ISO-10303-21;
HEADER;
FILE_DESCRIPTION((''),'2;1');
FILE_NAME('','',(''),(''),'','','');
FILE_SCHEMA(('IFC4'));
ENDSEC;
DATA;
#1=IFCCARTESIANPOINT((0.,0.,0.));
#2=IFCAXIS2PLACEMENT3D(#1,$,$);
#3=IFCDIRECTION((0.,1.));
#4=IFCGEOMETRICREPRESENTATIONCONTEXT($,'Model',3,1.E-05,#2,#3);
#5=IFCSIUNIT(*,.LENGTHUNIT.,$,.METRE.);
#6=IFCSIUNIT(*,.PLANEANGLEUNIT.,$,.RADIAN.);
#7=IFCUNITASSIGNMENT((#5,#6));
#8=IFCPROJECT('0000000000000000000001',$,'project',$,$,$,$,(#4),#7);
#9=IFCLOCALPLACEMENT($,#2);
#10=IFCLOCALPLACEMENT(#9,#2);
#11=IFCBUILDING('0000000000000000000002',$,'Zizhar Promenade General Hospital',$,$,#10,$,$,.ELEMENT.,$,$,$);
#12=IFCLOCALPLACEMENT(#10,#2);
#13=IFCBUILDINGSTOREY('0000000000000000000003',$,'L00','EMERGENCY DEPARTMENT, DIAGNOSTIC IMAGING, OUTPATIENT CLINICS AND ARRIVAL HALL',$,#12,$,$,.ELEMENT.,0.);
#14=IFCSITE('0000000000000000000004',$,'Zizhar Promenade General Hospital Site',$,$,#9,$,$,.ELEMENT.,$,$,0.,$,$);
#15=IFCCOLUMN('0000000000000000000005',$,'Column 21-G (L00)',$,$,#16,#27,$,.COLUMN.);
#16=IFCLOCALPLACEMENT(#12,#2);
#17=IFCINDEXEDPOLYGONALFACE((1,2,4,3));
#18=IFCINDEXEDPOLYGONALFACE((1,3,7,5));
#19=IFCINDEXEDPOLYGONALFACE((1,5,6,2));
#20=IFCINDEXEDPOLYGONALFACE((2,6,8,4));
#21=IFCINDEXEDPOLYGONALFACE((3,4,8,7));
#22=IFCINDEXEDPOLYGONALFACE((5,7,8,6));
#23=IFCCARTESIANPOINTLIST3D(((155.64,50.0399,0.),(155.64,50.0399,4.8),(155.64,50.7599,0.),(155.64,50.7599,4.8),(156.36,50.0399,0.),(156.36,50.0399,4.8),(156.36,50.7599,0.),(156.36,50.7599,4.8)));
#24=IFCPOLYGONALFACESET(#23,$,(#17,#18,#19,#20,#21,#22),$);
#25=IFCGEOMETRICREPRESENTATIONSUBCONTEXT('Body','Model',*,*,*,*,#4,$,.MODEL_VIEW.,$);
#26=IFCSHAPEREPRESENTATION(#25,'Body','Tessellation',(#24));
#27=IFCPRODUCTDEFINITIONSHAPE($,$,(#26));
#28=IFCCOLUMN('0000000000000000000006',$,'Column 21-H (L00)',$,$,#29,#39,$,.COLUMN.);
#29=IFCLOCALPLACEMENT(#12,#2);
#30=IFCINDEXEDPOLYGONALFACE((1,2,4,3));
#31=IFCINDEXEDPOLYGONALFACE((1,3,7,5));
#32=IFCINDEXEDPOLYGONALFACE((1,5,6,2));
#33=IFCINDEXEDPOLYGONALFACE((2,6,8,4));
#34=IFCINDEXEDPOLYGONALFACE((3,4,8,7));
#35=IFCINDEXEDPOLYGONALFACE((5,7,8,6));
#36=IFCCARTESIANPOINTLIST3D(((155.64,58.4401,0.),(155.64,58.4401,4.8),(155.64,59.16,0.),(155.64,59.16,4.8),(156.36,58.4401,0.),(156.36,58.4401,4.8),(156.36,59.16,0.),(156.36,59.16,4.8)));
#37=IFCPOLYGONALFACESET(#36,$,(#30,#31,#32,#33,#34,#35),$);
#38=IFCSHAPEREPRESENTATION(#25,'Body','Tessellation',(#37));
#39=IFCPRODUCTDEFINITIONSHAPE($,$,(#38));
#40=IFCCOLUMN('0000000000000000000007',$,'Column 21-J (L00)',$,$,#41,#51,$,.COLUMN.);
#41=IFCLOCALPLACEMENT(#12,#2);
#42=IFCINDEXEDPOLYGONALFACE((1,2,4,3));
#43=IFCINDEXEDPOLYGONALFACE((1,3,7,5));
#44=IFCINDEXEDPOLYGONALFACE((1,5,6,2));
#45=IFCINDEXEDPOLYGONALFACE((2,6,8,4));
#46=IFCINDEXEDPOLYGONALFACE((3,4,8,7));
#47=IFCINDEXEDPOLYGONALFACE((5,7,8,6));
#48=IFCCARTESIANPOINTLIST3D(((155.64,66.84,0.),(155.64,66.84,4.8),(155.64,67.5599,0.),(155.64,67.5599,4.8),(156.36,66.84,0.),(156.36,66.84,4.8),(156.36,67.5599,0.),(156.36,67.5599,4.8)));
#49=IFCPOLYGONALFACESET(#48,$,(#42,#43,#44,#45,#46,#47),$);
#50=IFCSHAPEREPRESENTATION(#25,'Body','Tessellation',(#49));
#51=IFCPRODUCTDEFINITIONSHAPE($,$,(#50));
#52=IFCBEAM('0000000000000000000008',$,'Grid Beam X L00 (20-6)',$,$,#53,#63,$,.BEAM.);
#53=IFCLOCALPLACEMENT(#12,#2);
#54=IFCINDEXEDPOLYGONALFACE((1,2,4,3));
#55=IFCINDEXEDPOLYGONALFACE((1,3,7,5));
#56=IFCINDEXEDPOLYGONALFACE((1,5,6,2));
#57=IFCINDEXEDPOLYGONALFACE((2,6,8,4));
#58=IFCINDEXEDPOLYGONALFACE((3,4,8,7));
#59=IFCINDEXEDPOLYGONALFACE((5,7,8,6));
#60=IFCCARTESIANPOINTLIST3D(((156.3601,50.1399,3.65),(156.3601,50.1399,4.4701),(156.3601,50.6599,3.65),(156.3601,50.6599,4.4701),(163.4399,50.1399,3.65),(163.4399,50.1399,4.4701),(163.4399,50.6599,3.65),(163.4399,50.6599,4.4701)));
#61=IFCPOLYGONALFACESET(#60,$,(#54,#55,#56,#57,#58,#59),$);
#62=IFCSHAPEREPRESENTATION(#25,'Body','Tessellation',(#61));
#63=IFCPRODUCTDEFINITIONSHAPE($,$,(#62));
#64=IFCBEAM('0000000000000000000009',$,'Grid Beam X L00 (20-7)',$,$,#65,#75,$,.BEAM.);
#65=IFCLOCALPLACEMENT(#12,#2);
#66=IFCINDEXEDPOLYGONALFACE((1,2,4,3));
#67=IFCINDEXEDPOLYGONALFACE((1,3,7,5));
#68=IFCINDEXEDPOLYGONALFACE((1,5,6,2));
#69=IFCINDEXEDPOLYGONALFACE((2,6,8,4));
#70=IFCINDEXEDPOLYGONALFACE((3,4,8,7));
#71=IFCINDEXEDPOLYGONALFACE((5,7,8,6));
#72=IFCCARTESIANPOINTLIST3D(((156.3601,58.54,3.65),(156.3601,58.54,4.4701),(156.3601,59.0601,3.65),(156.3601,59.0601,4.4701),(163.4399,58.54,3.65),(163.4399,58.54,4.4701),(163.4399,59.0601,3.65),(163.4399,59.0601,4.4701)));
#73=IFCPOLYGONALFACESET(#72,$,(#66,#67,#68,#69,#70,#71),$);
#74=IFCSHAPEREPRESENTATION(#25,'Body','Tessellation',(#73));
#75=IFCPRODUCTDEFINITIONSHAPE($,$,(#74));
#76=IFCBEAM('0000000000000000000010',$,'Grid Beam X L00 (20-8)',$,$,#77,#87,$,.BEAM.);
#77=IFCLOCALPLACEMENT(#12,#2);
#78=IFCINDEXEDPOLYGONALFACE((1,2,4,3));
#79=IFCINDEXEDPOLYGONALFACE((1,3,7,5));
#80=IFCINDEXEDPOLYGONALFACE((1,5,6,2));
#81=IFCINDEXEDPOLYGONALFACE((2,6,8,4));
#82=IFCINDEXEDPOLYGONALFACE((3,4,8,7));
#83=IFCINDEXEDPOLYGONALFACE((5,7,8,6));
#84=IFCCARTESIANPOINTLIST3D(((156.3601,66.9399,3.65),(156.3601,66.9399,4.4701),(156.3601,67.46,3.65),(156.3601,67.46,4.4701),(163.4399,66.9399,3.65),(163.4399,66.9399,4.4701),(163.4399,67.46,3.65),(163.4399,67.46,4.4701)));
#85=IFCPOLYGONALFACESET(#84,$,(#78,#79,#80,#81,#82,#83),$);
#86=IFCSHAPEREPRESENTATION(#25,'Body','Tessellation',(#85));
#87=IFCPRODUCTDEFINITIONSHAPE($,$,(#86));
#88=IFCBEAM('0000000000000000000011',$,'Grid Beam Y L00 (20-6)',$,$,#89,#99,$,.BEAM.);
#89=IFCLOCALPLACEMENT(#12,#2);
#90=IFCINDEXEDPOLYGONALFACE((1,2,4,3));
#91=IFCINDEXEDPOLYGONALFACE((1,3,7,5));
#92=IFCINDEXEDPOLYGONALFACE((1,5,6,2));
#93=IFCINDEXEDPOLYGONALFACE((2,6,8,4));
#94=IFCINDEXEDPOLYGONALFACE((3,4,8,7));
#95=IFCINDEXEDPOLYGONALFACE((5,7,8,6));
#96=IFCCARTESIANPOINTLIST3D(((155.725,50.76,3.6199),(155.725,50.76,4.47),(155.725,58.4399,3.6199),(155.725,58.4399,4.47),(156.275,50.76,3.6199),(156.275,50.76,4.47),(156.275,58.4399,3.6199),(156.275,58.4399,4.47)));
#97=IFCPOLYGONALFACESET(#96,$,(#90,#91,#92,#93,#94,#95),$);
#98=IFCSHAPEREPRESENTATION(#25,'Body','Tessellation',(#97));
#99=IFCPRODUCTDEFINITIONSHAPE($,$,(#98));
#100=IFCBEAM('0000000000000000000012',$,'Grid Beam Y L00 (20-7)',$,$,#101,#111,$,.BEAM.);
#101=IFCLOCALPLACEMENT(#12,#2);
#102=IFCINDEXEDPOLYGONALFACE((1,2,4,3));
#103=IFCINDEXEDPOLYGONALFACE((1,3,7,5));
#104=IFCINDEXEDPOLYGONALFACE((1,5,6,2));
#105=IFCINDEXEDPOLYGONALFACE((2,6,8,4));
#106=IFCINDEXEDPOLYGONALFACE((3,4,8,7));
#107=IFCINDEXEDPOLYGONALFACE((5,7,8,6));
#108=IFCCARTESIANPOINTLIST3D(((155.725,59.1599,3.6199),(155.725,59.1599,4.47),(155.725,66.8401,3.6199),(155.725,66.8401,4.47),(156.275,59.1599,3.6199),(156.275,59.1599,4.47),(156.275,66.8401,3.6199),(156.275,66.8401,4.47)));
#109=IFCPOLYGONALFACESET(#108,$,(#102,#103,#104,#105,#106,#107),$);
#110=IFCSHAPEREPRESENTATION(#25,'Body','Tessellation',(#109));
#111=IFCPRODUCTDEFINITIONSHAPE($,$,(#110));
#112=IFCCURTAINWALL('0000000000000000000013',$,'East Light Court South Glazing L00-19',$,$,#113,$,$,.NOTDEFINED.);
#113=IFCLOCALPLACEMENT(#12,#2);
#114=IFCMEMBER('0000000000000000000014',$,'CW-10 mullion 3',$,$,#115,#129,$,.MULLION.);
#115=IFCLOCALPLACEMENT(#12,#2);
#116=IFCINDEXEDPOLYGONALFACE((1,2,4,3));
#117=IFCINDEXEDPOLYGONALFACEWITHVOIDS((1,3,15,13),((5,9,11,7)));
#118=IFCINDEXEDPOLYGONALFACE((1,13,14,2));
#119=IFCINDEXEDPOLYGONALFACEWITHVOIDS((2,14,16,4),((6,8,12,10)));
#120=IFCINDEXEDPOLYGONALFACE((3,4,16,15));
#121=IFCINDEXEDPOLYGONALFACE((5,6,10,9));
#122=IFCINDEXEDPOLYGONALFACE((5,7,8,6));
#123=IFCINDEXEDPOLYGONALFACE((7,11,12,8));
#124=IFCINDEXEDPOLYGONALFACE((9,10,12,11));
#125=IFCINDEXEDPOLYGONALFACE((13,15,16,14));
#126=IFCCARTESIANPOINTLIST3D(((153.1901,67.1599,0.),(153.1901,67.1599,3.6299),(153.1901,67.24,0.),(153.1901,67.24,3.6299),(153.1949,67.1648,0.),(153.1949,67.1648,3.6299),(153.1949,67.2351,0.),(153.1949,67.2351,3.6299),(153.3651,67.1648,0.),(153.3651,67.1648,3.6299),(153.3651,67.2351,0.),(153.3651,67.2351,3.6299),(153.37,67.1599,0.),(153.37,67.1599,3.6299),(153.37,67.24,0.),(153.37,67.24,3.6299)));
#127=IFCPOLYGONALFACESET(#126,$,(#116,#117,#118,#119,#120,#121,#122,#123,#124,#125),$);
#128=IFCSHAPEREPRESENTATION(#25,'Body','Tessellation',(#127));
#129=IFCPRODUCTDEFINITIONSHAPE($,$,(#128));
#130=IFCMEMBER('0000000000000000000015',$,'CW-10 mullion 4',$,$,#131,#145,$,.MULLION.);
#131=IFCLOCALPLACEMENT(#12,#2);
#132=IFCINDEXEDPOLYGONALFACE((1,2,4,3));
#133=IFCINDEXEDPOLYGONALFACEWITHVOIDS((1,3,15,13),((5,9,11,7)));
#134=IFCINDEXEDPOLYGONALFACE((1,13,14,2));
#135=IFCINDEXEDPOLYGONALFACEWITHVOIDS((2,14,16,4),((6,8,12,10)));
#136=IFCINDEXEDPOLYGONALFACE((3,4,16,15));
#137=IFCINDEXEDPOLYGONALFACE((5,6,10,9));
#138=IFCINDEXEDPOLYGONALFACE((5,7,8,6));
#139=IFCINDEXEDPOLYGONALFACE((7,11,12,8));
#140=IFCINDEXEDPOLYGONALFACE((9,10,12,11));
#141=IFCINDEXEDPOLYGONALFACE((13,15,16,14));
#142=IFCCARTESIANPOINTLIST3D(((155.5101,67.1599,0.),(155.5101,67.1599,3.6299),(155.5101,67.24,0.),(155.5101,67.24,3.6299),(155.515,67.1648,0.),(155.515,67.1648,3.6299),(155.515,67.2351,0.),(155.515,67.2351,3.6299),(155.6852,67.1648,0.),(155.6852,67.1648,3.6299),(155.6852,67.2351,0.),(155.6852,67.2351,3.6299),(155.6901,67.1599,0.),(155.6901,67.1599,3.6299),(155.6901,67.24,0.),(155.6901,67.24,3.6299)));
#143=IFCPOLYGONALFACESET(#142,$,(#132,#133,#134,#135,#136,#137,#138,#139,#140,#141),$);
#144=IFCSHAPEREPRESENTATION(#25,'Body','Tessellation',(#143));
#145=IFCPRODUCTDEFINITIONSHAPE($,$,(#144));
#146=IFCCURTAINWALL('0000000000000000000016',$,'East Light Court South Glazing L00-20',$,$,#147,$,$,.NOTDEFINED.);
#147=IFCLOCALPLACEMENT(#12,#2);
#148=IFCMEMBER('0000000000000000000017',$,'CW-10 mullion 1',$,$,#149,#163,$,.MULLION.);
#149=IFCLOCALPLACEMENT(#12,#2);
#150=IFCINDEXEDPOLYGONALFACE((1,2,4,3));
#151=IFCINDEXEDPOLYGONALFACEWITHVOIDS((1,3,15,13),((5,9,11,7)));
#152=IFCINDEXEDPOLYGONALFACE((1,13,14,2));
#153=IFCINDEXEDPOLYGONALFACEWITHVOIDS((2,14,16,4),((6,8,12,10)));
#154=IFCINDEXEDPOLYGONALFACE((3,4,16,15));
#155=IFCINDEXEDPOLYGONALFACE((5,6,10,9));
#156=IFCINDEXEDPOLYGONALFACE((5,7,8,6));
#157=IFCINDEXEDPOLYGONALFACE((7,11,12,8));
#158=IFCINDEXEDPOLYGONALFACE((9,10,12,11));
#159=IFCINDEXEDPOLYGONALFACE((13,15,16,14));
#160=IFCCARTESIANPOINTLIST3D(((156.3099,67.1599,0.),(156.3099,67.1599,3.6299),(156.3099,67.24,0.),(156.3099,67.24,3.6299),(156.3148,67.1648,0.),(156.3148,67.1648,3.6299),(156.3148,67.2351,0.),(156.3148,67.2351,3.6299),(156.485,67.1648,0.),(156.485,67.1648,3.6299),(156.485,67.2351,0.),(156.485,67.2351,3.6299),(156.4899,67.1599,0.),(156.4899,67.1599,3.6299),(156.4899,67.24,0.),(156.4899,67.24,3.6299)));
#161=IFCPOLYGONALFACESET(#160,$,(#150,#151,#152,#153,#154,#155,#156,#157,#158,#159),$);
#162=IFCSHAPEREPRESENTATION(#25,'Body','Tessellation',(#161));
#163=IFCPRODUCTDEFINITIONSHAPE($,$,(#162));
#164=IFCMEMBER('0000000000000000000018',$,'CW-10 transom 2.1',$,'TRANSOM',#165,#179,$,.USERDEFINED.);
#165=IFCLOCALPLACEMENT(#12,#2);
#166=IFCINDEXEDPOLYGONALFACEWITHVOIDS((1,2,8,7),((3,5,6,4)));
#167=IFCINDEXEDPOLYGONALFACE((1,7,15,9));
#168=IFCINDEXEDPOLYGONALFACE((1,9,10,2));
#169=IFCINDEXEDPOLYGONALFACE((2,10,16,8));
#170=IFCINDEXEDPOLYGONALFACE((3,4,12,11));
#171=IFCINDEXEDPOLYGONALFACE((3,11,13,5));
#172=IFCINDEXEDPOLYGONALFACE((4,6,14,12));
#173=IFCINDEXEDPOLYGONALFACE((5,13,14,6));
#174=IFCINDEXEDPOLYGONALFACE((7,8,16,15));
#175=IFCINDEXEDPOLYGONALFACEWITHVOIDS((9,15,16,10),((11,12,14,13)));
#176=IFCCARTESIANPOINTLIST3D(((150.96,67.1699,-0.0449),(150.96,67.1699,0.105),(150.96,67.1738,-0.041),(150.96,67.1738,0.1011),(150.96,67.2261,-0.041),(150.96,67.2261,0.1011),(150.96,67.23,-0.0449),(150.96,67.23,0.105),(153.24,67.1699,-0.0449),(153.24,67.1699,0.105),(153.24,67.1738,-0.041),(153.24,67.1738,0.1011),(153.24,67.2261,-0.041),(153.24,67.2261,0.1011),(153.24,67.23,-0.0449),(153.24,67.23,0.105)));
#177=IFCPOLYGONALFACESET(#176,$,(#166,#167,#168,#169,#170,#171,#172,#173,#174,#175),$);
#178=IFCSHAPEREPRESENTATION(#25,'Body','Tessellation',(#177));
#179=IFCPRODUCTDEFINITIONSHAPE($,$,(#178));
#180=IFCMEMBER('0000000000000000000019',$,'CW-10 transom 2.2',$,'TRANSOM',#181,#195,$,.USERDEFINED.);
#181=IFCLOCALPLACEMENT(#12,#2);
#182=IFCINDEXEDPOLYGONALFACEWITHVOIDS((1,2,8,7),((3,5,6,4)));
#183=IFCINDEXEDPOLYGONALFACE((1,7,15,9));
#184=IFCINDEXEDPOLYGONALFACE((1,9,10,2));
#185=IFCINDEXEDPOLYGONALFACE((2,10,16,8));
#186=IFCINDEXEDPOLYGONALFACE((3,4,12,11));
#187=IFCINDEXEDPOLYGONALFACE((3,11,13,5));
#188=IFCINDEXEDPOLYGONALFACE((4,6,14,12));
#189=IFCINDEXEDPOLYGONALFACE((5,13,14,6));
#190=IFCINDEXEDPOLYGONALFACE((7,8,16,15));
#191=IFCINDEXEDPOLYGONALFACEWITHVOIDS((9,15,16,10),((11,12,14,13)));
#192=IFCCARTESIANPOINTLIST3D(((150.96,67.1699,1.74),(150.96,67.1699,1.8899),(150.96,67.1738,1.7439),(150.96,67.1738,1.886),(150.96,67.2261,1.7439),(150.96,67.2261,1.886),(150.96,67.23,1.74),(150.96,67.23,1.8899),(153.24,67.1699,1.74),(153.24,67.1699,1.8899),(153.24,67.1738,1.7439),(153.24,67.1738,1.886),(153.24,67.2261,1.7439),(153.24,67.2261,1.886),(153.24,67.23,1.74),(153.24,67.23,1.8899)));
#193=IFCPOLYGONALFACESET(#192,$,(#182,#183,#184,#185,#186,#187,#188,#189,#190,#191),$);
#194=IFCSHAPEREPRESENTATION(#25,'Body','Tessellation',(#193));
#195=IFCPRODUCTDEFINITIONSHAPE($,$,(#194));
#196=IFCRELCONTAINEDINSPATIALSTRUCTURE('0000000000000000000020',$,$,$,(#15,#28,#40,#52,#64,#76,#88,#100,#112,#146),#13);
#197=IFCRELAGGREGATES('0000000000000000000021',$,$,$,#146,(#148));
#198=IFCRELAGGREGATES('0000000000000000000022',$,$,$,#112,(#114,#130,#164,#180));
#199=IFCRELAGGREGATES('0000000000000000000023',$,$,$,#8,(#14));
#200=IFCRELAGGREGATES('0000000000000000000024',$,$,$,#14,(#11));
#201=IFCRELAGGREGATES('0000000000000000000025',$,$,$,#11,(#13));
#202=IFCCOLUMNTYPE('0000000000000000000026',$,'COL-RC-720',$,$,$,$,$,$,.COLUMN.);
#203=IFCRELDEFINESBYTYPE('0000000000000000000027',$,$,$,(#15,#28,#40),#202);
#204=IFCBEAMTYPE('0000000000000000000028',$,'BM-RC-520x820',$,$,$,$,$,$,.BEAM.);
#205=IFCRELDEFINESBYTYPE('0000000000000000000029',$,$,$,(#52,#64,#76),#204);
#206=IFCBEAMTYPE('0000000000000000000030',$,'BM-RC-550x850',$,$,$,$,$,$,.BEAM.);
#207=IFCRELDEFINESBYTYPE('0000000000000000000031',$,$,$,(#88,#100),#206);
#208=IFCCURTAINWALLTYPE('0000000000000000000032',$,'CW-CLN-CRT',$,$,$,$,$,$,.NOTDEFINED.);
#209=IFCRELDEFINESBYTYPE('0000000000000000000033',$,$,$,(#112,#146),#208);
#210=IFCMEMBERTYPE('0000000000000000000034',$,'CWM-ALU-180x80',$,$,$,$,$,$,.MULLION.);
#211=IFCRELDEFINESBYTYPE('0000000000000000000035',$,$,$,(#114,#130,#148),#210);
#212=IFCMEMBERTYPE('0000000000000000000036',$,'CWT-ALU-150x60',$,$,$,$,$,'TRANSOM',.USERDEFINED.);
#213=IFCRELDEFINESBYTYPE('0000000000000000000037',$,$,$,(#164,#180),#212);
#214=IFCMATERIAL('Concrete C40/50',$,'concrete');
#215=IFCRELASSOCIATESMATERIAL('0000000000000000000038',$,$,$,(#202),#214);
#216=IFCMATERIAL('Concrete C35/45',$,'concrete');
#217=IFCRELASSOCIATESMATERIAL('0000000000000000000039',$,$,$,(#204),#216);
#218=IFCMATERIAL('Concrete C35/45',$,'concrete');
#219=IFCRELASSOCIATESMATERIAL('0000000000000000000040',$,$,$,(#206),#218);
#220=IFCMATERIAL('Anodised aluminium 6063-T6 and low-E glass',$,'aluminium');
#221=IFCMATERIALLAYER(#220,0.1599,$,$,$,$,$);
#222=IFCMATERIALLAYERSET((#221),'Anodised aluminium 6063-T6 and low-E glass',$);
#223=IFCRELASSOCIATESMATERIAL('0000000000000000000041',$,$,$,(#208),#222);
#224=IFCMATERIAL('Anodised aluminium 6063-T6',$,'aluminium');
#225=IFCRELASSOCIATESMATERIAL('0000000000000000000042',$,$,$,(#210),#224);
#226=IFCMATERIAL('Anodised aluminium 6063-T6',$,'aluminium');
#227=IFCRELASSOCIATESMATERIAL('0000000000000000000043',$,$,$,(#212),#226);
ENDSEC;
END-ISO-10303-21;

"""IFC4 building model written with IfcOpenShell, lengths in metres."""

from ifc_helpers import new_model, si_unit, direction, frame, origin, origin_2d, place, context, subcontext, project, spatial, rectangle, hollow_rectangle, extrude, material, layer, layer_set, material_profile, profile_set, type_object, element, aggregate, save


model = new_model("IFC4")

# Units and contexts
model_context = context("Model", 3, precision=1e-05, world=origin(), true_north=direction((0.0, 1.0)))
body_context = subcontext(model_context, "Body", "Model", "MODEL_VIEW")
ifc_project = project(units=[si_unit("LENGTHUNIT", "METRE"), si_unit("PLANEANGLEUNIT", "RADIAN")], contexts=[model_context])

# Site, building, storey
site_placement = place(None, origin())
site = spatial("IfcSite", under=ifc_project, at=site_placement, Name="Zizhar Promenade General Hospital Site", CompositionType="ELEMENT", RefElevation=0.0)
building_placement = place(site_placement, origin())
building = spatial("IfcBuilding", under=site, at=building_placement, Name="Zizhar Promenade General Hospital", CompositionType="ELEMENT")
storey_placement = place(building_placement, origin())
storey = spatial("IfcBuildingStorey", under=building, at=storey_placement, Name="L00", Description="EMERGENCY DEPARTMENT, DIAGNOSTIC IMAGING, OUTPATIENT CLINICS AND ARRIVAL HALL", CompositionType="ELEMENT", Elevation=0.0)

# Columns
ifc_material_1 = material(Name="Concrete C40/50", Category="concrete")
ifc_material_profile_1 = material_profile(ifc_material_1, rectangle(XDim=0.72, YDim=0.72, at=origin_2d()))
ifc_profile_set_1 = profile_set([ifc_material_profile_1], Name="Concrete C40/50")
column_type = type_object("IfcColumnType", Name="COL-RC-720", PredefinedType="COLUMN", material=ifc_profile_set_1)
for number, where, z_axis, x_axis, name in (
    (1, (156.0, 50.3999, 0.0), (0.0, 0.0, 1.0), (1.0, 0.0, 0.0), "Column 21-G (L00)"),
    (2, (156.0, 58.8, 0.0), (0.0, 0.0, 1.0), (1.0, 0.0, 0.0), "Column 21-H (L00)"),
    (3, (156.0, 67.2, 0.0), (0.0, 0.0, 1.0), (1.0, 0.0, 0.0), "Column 21-J (L00)"),
):
    element("IfcColumn", number, at=place(storey_placement, frame(where, z_axis=z_axis, x_axis=x_axis)), inside=storey, type_object=column_type, Name=name, PredefinedType="COLUMN", context=body_context, shape_type="SweptSolid", body=[
        extrude(rectangle(XDim=0.72, YDim=0.72, at=origin_2d()), origin(), (0.0, 0.0, 1.0), 4.8),
    ])

# Beams
ifc_material_2 = material(Name="Concrete C35/45", Category="concrete")
ifc_material_profile_2 = material_profile(ifc_material_2, rectangle(XDim=0.52, YDim=0.8201, at=origin_2d()))
ifc_profile_set_2 = profile_set([ifc_material_profile_2], Name="Concrete C35/45")
beam_type_1 = type_object("IfcBeamType", Name="BM-RC-520x820", PredefinedType="BEAM", material=ifc_profile_set_2)
for number, where, z_axis, x_axis, name in (
    (4, (156.3601, 50.3999, 4.0601), (1.0, 0.0, 0.0), (0.0, 1.0, 0.0), "Grid Beam X L00 (20-6)"),
    (5, (156.3601, 58.8, 4.0601), (1.0, 0.0, 0.0), (0.0, 1.0, 0.0), "Grid Beam X L00 (20-7)"),
    (6, (156.3601, 67.2, 4.0601), (1.0, 0.0, 0.0), (0.0, 1.0, 0.0), "Grid Beam X L00 (20-8)"),
):
    element("IfcBeam", number, at=place(storey_placement, frame(where, z_axis=z_axis, x_axis=x_axis)), inside=storey, type_object=beam_type_1, Name=name, PredefinedType="BEAM", context=body_context, shape_type="SweptSolid", body=[
        extrude(rectangle(XDim=0.52, YDim=0.8201, at=origin_2d()), origin(), (0.0, 0.0, 1.0), 7.0798),
    ])
ifc_material_3 = material(Name="Concrete C35/45", Category="concrete")
ifc_material_profile_3 = material_profile(ifc_material_3, rectangle(XDim=0.55, YDim=0.8501, at=origin_2d()))
ifc_profile_set_3 = profile_set([ifc_material_profile_3], Name="Concrete C35/45")
beam_type_2 = type_object("IfcBeamType", Name="BM-RC-550x850", PredefinedType="BEAM", material=ifc_profile_set_3)
beam_1_placement = place(storey_placement, frame((156.0, 50.76, 4.0449), z_axis=(0.0, 1.0, 0.0), x_axis=(-1.0, 0.0, 0.0)))
element("IfcBeam", 7, at=beam_1_placement, inside=storey, type_object=beam_type_2, Name="Grid Beam Y L00 (20-6)", PredefinedType="BEAM", context=body_context, shape_type="SweptSolid", body=[
    extrude(rectangle(XDim=0.55, YDim=0.8501, at=origin_2d()), origin(), (0.0, 0.0, 1.0), 7.6799),
])
beam_2_placement = place(storey_placement, frame((156.0, 59.1599, 4.0449), z_axis=(0.0, 1.0, 0.0), x_axis=(-1.0, 0.0, 0.0)))
element("IfcBeam", 8, at=beam_2_placement, inside=storey, type_object=beam_type_2, Name="Grid Beam Y L00 (20-7)", PredefinedType="BEAM", context=body_context, shape_type="SweptSolid", body=[
    extrude(rectangle(XDim=0.55, YDim=0.8501, at=origin_2d()), origin(), (0.0, 0.0, 1.0), 7.6802),
])

# Curtain wall, members
ifc_material_4 = material(Name="Anodised aluminium 6063-T6 and low-E glass", Category="aluminium")
ifc_layer_1 = layer(ifc_material_4, 0.1599)
ifc_layer_set_1 = layer_set([ifc_layer_1], Name="Anodised aluminium 6063-T6 and low-E glass")
curtain_wall_type = type_object("IfcCurtainWallType", Name="CW-CLN-CRT", PredefinedType="NOTDEFINED", material=ifc_layer_set_1)
curtain_wall_1_placement = place(storey_placement, origin())
curtain_wall_1 = element("IfcCurtainWall", 9, at=curtain_wall_1_placement, inside=storey, type_object=curtain_wall_type, Name="East Light Court South Glazing L00-19", PredefinedType="NOTDEFINED")
ifc_material_5 = material(Name="Anodised aluminium 6063-T6", Category="aluminium")
ifc_material_profile_4 = material_profile(ifc_material_5, hollow_rectangle(XDim=0.0801, YDim=0.1799, WallThickness=0.0049, at=origin_2d()))
ifc_profile_set_4 = profile_set([ifc_material_profile_4], Name="Anodised aluminium 6063-T6")
member_type_1 = type_object("IfcMemberType", Name="CWM-ALU-180x80", PredefinedType="MULLION", material=ifc_profile_set_4)
member_1_placement = place(storey_placement, frame((153.28, 67.2, 0.0), z_axis=(0.0, 0.0, 1.0), x_axis=(0.0, 1.0, 0.0)))
member_1 = element("IfcMember", 10, at=member_1_placement, type_object=member_type_1, Name="CW-10 mullion 3", PredefinedType="MULLION", context=body_context, shape_type="SweptSolid", body=[
    extrude(hollow_rectangle(XDim=0.0801, YDim=0.1799, WallThickness=0.0049, at=origin_2d()), origin(), (0.0, 0.0, 1.0), 3.6299),
])
member_2_placement = place(storey_placement, frame((155.6001, 67.2, 0.0), z_axis=(0.0, 0.0, 1.0), x_axis=(0.0, 1.0, 0.0)))
member_2 = element("IfcMember", 11, at=member_2_placement, type_object=member_type_1, Name="CW-10 mullion 4", PredefinedType="MULLION", context=body_context, shape_type="SweptSolid", body=[
    extrude(hollow_rectangle(XDim=0.0801, YDim=0.1799, WallThickness=0.0049, at=origin_2d()), origin(), (0.0, 0.0, 1.0), 3.6299),
])

# Curtain wall, member
curtain_wall_2_placement = place(storey_placement, origin())
curtain_wall_2 = element("IfcCurtainWall", 12, at=curtain_wall_2_placement, inside=storey, type_object=curtain_wall_type, Name="East Light Court South Glazing L00-20", PredefinedType="NOTDEFINED")
member_3_placement = place(storey_placement, frame((156.3999, 67.2, 0.0), z_axis=(0.0, 0.0, 1.0), x_axis=(0.0, 1.0, 0.0)))
member_3 = element("IfcMember", 13, at=member_3_placement, type_object=member_type_1, Name="CW-10 mullion 1", PredefinedType="MULLION", context=body_context, shape_type="SweptSolid", body=[
    extrude(hollow_rectangle(XDim=0.0801, YDim=0.1799, WallThickness=0.0049, at=origin_2d()), origin(), (0.0, 0.0, 1.0), 3.6299),
])

# Members
ifc_material_6 = material(Name="Anodised aluminium 6063-T6", Category="aluminium")
ifc_material_profile_5 = material_profile(ifc_material_6, hollow_rectangle(XDim=0.0601, YDim=0.1499, WallThickness=0.0039, at=origin_2d()))
ifc_profile_set_5 = profile_set([ifc_material_profile_5], Name="Anodised aluminium 6063-T6")
member_type_2 = type_object("IfcMemberType", Name="CWT-ALU-150x60", ElementType="TRANSOM", PredefinedType="USERDEFINED", material=ifc_profile_set_5)
member_4_placement = place(storey_placement, frame((150.96, 67.2, 0.03), z_axis=(1.0, 0.0, 0.0), x_axis=(0.0, 1.0, 0.0)))
member_4 = element("IfcMember", 14, at=member_4_placement, type_object=member_type_2, Name="CW-10 transom 2.1", ObjectType="TRANSOM", PredefinedType="USERDEFINED", context=body_context, shape_type="SweptSolid", body=[
    extrude(hollow_rectangle(XDim=0.0601, YDim=0.1499, WallThickness=0.0039, at=origin_2d()), origin(), (0.0, 0.0, 1.0), 2.28),
])
member_5_placement = place(storey_placement, frame((150.96, 67.2, 1.8149), z_axis=(1.0, 0.0, 0.0), x_axis=(0.0, 1.0, 0.0)))
member_5 = element("IfcMember", 15, at=member_5_placement, type_object=member_type_2, Name="CW-10 transom 2.2", ObjectType="TRANSOM", PredefinedType="USERDEFINED", context=body_context, shape_type="SweptSolid", body=[
    extrude(hollow_rectangle(XDim=0.0601, YDim=0.1499, WallThickness=0.0039, at=origin_2d()), origin(), (0.0, 0.0, 1.0), 2.28),
])
aggregate(curtain_wall_2, [member_3])

aggregate(curtain_wall_1, [member_1, member_2, member_4, member_5])

save(model, "model.ifc")
